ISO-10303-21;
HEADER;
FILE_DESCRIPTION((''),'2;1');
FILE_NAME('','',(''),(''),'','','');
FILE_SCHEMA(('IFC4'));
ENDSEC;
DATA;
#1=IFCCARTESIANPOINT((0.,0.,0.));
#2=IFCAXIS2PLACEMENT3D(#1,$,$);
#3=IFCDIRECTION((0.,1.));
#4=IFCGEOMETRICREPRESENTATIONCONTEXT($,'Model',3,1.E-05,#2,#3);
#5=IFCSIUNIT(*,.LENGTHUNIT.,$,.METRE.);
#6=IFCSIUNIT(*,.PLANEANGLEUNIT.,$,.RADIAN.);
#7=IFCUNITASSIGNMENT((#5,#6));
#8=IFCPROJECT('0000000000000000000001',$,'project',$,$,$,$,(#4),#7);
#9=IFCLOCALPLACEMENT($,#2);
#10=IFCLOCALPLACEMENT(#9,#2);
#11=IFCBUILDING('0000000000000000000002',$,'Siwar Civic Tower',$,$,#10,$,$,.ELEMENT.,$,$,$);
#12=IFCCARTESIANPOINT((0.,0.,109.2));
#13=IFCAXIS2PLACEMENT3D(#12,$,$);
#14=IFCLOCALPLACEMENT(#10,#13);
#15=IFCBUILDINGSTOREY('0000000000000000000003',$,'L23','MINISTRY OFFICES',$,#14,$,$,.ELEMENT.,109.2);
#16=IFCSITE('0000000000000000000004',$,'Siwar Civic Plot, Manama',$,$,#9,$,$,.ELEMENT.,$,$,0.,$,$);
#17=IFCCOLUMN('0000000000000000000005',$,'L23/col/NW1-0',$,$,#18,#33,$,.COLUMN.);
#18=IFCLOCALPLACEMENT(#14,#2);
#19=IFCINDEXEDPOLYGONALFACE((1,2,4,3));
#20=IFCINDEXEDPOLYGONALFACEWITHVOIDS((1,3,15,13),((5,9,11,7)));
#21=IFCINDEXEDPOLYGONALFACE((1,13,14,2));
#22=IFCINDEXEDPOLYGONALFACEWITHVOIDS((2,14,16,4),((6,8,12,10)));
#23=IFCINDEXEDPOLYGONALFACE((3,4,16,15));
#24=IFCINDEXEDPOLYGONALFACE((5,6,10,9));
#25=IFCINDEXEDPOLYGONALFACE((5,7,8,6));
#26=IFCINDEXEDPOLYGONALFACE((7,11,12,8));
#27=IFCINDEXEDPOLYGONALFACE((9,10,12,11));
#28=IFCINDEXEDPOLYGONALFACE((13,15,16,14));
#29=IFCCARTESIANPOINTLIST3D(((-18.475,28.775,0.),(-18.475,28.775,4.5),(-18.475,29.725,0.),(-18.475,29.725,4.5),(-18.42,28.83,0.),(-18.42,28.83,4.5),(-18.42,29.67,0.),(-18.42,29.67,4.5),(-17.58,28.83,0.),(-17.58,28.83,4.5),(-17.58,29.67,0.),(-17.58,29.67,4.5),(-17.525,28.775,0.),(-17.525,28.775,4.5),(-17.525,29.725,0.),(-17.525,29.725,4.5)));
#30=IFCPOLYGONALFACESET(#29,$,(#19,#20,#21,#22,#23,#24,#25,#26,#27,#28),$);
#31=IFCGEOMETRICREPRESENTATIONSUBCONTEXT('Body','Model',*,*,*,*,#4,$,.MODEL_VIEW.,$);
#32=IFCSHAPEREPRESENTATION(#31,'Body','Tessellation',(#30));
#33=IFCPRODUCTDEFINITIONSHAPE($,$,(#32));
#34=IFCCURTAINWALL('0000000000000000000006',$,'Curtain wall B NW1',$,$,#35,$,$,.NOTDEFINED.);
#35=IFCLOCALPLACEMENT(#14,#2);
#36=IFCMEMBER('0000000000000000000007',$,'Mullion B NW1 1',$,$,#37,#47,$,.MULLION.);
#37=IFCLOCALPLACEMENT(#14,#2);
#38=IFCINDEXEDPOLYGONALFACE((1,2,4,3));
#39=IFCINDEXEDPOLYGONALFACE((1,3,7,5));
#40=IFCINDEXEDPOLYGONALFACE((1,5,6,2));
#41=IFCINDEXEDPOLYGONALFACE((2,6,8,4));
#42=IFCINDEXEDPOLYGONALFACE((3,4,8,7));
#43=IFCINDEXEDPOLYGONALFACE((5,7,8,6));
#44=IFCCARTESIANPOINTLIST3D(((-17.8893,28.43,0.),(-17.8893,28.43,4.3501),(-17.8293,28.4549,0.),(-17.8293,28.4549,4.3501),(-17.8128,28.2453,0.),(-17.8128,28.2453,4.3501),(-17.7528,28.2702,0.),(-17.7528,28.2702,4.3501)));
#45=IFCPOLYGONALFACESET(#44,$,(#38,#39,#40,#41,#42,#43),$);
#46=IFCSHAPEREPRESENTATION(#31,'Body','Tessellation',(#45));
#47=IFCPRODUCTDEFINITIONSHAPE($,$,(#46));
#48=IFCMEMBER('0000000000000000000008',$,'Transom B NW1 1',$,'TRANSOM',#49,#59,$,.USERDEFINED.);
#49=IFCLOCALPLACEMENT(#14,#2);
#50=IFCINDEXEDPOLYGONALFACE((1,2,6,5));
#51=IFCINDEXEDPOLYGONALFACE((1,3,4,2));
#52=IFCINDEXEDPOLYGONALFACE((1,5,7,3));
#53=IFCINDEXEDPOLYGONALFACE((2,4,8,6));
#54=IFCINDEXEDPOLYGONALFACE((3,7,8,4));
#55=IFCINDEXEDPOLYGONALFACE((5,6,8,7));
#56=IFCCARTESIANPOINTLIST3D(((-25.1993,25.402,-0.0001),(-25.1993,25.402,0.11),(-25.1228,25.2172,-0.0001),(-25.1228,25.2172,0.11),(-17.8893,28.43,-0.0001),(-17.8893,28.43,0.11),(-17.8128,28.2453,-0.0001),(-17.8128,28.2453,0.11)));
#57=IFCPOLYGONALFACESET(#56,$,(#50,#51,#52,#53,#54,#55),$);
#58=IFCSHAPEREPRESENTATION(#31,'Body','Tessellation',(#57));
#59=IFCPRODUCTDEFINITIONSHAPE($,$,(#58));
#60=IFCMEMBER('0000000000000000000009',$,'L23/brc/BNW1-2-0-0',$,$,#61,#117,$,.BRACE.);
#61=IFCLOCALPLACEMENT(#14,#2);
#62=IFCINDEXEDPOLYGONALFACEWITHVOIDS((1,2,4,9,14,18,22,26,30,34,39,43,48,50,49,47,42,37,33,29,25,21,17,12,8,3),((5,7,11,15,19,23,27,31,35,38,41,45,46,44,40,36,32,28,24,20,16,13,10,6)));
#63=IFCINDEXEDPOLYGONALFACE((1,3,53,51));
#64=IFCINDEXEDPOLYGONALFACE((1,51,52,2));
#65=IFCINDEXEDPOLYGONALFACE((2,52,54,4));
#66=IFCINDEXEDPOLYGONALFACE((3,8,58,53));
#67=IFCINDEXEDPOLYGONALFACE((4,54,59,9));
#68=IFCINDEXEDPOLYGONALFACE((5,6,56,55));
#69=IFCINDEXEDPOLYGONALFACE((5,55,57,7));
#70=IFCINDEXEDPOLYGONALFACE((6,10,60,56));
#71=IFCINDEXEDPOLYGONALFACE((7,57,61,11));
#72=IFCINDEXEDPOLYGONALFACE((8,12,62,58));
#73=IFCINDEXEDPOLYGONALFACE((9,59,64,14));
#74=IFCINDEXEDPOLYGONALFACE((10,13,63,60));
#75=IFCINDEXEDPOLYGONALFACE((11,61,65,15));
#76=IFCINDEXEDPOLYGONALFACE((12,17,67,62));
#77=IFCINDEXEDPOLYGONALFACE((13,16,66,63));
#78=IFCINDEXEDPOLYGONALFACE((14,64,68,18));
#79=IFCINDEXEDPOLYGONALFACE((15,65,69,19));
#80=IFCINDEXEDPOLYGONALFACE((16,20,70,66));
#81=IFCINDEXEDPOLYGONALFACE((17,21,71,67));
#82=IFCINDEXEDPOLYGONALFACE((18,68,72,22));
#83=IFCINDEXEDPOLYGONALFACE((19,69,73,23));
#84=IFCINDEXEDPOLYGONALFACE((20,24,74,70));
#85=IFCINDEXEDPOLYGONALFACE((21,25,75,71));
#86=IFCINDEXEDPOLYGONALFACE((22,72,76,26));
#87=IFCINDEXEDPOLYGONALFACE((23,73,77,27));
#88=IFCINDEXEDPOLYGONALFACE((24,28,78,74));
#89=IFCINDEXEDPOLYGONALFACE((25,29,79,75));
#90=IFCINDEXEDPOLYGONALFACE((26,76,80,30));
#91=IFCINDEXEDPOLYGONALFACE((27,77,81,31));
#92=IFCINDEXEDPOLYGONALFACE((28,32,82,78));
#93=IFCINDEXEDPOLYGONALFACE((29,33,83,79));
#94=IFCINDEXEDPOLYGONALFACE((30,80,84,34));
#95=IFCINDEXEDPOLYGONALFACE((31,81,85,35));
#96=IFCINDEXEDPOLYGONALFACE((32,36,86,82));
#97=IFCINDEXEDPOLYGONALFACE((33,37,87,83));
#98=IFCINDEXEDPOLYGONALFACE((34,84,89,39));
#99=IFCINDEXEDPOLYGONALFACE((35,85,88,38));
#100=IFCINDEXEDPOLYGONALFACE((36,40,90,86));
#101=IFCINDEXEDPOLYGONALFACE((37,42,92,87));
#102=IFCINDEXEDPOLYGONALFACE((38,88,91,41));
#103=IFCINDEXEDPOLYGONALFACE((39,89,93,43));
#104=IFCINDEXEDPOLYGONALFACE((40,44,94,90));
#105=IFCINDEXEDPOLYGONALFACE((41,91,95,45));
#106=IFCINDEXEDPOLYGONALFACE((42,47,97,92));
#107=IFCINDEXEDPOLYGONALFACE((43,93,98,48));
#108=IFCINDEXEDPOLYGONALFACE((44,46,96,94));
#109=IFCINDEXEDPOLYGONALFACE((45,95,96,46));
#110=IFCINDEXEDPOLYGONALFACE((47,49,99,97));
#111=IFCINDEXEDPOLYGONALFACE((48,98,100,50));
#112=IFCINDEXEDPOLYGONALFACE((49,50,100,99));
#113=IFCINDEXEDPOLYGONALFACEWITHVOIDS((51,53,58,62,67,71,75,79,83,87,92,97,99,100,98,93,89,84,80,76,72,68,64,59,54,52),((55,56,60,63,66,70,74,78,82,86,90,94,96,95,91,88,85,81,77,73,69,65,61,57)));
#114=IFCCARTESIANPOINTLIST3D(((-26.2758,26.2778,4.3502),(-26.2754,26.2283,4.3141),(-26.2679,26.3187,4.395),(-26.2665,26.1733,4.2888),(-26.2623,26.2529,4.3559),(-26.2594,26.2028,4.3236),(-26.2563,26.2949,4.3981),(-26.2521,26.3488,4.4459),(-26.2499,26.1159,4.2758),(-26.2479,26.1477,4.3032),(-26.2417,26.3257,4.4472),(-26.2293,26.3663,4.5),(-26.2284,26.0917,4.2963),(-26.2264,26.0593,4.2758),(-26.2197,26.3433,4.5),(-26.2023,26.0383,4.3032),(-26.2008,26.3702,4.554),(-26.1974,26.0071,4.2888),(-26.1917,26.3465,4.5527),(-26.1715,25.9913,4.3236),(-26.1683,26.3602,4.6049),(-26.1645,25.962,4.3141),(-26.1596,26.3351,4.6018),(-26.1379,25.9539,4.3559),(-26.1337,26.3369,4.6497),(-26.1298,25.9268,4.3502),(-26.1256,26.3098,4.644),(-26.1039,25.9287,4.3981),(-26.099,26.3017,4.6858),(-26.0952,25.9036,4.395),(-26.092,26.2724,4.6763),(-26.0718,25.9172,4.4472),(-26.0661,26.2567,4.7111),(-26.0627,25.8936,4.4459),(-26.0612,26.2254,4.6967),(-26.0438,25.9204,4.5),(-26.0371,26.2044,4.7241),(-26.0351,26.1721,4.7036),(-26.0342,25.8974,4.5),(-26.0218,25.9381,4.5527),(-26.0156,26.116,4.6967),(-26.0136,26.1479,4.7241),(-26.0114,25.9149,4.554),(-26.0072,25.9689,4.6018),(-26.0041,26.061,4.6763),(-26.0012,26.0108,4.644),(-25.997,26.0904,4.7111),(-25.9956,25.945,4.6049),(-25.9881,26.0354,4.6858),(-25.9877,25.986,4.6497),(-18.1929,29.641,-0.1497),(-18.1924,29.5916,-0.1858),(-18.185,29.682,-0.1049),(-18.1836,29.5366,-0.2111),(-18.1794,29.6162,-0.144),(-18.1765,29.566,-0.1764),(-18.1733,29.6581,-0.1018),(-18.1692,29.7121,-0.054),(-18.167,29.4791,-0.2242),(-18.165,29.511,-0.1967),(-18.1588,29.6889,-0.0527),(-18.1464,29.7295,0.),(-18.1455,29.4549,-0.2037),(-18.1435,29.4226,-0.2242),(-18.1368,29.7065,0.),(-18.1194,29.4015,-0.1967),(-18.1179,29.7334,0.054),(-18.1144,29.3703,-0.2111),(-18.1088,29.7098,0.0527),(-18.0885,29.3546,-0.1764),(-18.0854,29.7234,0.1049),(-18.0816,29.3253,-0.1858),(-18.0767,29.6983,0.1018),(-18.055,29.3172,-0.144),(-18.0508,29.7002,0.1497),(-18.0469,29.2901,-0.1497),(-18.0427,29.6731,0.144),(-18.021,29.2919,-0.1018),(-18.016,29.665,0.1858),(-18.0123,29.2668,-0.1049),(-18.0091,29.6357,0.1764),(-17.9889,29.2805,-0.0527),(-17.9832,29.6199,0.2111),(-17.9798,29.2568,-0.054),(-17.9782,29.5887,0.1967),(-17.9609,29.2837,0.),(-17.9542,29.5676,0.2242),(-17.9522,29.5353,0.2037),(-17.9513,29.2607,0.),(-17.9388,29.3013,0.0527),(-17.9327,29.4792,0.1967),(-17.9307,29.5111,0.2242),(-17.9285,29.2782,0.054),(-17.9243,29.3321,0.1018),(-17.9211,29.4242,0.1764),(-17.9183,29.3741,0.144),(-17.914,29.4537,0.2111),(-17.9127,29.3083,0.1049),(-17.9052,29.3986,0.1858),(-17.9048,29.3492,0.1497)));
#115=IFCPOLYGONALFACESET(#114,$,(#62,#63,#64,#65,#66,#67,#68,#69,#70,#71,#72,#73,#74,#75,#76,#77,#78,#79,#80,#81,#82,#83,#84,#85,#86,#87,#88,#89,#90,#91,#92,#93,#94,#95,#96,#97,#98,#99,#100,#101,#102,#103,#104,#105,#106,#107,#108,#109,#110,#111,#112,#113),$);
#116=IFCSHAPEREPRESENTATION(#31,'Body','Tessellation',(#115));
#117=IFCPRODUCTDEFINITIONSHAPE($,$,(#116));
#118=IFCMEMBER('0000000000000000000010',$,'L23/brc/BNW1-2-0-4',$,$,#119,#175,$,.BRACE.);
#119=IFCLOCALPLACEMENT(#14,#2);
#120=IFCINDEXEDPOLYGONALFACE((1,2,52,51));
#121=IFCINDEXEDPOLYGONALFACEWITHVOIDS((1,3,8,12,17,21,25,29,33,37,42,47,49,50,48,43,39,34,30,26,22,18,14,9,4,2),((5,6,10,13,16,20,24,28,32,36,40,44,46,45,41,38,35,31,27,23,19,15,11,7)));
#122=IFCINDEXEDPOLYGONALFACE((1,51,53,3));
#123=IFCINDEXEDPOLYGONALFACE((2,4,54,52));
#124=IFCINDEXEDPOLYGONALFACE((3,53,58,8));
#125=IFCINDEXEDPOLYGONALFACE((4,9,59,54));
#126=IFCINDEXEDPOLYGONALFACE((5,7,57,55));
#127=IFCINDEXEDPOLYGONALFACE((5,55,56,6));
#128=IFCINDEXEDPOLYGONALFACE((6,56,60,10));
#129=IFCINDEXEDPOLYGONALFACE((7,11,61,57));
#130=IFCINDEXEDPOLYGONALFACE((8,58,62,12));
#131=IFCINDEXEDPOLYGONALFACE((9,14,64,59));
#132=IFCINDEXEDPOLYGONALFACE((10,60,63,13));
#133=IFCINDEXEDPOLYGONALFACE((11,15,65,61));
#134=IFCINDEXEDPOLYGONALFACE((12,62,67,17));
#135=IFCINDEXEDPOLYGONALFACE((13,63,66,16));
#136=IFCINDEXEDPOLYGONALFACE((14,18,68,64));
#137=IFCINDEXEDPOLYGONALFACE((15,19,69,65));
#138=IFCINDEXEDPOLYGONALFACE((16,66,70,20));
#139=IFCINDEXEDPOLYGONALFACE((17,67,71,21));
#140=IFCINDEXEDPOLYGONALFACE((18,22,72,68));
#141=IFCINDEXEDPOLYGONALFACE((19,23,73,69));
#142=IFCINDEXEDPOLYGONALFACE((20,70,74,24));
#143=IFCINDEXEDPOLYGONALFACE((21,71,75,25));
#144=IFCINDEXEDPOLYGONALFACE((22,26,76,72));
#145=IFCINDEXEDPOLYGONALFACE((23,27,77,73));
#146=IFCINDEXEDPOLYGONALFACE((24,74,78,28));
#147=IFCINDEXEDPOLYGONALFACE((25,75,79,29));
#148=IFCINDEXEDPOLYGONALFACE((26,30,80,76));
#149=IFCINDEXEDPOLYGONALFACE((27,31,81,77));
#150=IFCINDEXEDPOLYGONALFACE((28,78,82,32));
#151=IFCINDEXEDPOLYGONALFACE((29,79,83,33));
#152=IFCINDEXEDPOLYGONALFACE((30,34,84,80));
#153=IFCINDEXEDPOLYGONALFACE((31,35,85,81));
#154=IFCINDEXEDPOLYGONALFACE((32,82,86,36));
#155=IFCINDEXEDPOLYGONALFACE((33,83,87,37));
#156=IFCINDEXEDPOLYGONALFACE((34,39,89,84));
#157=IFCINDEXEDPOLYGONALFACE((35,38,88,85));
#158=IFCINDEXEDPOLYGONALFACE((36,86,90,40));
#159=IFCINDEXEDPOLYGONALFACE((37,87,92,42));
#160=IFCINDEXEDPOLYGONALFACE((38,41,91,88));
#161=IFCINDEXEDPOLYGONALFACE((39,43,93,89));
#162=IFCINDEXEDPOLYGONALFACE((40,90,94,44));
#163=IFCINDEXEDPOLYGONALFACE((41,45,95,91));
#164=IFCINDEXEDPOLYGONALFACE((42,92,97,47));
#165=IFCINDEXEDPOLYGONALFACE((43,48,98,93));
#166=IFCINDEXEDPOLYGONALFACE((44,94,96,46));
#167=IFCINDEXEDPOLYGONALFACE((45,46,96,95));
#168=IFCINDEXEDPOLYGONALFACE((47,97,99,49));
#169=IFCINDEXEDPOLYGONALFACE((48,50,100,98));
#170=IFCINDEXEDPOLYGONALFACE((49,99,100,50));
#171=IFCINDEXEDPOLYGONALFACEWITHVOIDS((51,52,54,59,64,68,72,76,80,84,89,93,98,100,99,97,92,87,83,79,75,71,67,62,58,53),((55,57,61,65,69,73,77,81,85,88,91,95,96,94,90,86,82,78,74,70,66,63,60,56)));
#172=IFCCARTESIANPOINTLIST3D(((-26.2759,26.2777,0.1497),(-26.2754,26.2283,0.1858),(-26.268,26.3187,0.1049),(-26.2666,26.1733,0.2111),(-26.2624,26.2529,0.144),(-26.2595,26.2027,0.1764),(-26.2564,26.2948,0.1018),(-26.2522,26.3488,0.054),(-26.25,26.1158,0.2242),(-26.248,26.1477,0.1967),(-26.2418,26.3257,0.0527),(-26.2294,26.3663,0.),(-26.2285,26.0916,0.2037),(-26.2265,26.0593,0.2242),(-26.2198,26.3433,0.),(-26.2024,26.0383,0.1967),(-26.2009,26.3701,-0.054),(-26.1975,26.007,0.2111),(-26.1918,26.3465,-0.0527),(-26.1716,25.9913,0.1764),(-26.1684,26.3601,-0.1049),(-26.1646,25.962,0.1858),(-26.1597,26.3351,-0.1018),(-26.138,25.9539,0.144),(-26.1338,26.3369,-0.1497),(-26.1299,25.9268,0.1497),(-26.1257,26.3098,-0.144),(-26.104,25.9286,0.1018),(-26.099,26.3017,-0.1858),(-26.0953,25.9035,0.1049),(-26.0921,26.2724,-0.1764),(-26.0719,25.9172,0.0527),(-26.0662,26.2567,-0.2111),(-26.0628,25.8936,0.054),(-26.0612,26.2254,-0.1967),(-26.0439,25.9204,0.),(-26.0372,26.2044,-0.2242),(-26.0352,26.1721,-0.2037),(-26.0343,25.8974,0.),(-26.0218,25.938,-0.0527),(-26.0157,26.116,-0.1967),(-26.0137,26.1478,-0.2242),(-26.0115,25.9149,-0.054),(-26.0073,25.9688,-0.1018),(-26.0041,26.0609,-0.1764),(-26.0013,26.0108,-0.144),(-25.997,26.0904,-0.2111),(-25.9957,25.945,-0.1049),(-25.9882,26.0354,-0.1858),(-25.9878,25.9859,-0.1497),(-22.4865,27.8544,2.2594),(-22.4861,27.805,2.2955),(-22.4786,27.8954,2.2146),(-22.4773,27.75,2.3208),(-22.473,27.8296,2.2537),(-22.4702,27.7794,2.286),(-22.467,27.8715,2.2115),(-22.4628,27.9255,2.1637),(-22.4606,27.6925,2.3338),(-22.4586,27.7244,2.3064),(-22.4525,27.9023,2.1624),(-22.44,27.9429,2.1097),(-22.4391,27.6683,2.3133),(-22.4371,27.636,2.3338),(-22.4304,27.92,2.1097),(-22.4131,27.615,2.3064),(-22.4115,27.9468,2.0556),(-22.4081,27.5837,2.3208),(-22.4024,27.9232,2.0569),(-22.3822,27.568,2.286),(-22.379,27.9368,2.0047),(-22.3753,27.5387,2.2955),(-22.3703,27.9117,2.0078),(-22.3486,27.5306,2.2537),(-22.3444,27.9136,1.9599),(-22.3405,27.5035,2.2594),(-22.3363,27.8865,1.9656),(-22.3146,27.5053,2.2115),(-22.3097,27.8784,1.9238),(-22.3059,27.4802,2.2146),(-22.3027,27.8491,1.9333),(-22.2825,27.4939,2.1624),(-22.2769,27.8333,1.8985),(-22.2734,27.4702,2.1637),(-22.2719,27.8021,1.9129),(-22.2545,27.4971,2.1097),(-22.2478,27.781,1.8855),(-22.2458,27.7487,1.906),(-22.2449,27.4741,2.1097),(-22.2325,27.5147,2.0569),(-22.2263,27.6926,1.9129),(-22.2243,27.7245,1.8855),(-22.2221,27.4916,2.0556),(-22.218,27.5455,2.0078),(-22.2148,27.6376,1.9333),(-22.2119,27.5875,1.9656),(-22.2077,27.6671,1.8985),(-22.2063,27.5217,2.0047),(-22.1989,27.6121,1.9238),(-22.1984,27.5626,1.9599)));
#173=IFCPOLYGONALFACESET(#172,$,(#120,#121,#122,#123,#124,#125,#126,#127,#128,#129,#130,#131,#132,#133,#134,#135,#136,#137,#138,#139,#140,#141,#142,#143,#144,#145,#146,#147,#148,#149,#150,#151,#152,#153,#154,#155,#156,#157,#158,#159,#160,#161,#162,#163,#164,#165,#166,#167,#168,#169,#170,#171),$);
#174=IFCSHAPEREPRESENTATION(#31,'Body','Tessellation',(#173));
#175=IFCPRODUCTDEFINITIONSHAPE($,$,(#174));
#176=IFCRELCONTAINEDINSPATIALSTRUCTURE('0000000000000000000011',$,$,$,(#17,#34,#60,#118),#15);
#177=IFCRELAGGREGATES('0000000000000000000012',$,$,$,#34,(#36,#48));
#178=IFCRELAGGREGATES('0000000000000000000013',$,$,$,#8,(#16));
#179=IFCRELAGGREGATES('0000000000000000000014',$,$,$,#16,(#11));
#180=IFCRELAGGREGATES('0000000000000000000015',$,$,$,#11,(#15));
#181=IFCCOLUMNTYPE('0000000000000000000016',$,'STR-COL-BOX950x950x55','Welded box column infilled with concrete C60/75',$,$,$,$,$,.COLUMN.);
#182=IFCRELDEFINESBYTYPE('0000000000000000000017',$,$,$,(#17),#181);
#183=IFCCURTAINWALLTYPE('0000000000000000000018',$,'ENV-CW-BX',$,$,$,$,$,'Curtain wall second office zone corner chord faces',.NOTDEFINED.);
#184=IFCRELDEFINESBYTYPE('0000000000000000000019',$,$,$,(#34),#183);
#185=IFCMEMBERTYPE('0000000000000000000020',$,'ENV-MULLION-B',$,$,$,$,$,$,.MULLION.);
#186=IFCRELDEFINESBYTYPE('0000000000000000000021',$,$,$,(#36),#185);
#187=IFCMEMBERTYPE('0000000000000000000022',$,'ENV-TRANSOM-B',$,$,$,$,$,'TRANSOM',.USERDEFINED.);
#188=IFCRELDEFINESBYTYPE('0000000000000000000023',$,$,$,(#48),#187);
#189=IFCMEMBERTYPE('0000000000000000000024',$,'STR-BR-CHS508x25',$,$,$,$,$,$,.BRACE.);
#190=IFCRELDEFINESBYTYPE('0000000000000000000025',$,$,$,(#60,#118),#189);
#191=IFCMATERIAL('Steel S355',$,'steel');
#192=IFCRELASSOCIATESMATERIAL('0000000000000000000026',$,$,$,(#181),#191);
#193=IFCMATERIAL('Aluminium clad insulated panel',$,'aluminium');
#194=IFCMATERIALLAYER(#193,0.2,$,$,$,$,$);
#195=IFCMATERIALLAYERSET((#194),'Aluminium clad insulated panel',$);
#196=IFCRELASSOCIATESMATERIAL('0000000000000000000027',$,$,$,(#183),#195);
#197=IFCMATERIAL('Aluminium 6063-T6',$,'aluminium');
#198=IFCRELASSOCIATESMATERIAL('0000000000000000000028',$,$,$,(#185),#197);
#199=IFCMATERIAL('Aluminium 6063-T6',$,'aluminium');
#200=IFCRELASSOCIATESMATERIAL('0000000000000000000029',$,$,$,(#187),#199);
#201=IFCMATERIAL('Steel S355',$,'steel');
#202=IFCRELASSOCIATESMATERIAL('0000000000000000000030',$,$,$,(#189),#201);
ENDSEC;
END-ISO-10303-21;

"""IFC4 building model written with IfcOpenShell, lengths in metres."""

from ifc_helpers import new_model, si_unit, direction, frame, origin, origin_2d, place, context, subcontext, project, spatial, rectangle, hollow_rectangle, hollow_circle, extrude, material, layer, layer_set, material_profile, profile_set, type_object, element, aggregate, save


model = new_model("IFC4")

# Units and contexts
model_context = context("Model", 3, precision=1e-05, world=origin(), true_north=direction((0.0, 1.0)))
body_context = subcontext(model_context, "Body", "Model", "MODEL_VIEW")
ifc_project = project(units=[si_unit("LENGTHUNIT", "METRE"), si_unit("PLANEANGLEUNIT", "RADIAN")], contexts=[model_context])

# Site, building, storey
site_placement = place(None, origin())
site = spatial("IfcSite", under=ifc_project, at=site_placement, Name="Siwar Civic Plot, Manama", CompositionType="ELEMENT", RefElevation=0.0)
building_placement = place(site_placement, origin())
building = spatial("IfcBuilding", under=site, at=building_placement, Name="Siwar Civic Tower", CompositionType="ELEMENT")
storey_placement = place(building_placement, frame((0.0, 0.0, 109.2)))
storey = spatial("IfcBuildingStorey", under=building, at=storey_placement, Name="L23", Description="MINISTRY OFFICES", CompositionType="ELEMENT", Elevation=109.2)

# Column
ifc_material_1 = material(Name="Steel S355", Category="steel")
ifc_material_profile_1 = material_profile(ifc_material_1, hollow_rectangle(XDim=0.95, YDim=0.95, WallThickness=0.0549, at=origin_2d()), Name="BOX950x950x55")
ifc_profile_set_1 = profile_set([ifc_material_profile_1], Name="Steel S355")
column_type = type_object("IfcColumnType", Name="STR-COL-BOX950x950x55", Description="Welded box column infilled with concrete C60/75", PredefinedType="COLUMN", material=ifc_profile_set_1)
column_placement = place(storey_placement, frame((-18.0, 29.25, 0.0), z_axis=(0.0, 0.0, 1.0), x_axis=(1.0, 0.0, 0.0)))
element("IfcColumn", 1, at=column_placement, inside=storey, type_object=column_type, Name="L23/col/NW1-0", PredefinedType="COLUMN", context=body_context, shape_type="SweptSolid", body=[
    extrude(hollow_rectangle(XDim=0.95, YDim=0.95, WallThickness=0.0549, at=origin_2d()), origin(), (0.0, 0.0, 1.0), 4.5),
])

# Curtain wall, members
ifc_material_2 = material(Name="Aluminium clad insulated panel", Category="aluminium")
ifc_layer_1 = layer(ifc_material_2, 0.2)
ifc_layer_set_1 = layer_set([ifc_layer_1], Name="Aluminium clad insulated panel")
curtain_wall_type = type_object("IfcCurtainWallType", Name="ENV-CW-BX", ElementType="Curtain wall second office zone corner chord faces", PredefinedType="NOTDEFINED", material=ifc_layer_set_1)
curtain_wall_placement = place(storey_placement, origin())
curtain_wall = element("IfcCurtainWall", 2, at=curtain_wall_placement, inside=storey, type_object=curtain_wall_type, Name="Curtain wall B NW1", PredefinedType="NOTDEFINED")
ifc_material_3 = material(Name="Aluminium 6063-T6", Category="aluminium")
ifc_material_profile_2 = material_profile(ifc_material_3, rectangle(XDim=0.2, YDim=0.0649, at=origin_2d()), Name="AL 200x65")
ifc_profile_set_2 = profile_set([ifc_material_profile_2], Name="Aluminium 6063-T6")
member_type_1 = type_object("IfcMemberType", Name="ENV-MULLION-B", PredefinedType="MULLION", material=ifc_profile_set_2)
member_1_placement = place(storey_placement, frame((-17.821, 28.3501, 0.0), z_axis=(0.0, 0.0, 1.0), x_axis=(0.382683, -0.92388, 0.0)))
member_1 = element("IfcMember", 3, at=member_1_placement, type_object=member_type_1, Name="Mullion B NW1 1", PredefinedType="MULLION", context=body_context, shape_type="SweptSolid", body=[
    extrude(rectangle(XDim=0.2, YDim=0.0649, at=origin_2d()), origin(), (0.0, 0.0, 1.0), 4.3501),
])
ifc_material_4 = material(Name="Aluminium 6063-T6", Category="aluminium")
ifc_material_profile_3 = material_profile(ifc_material_4, rectangle(XDim=0.2, YDim=0.1101, at=origin_2d()), Name="AL 200x110")
ifc_profile_set_3 = profile_set([ifc_material_profile_3], Name="Aluminium 6063-T6")
member_type_2 = type_object("IfcMemberType", Name="ENV-TRANSOM-B", ElementType="TRANSOM", PredefinedType="USERDEFINED", material=ifc_profile_set_3)
member_2_placement = place(storey_placement, frame((-17.8511, 28.3376, 0.0549), z_axis=(-0.923873, -0.3827, 0.0), x_axis=(0.3827, -0.923873, 0.0)))
member_2 = element("IfcMember", 4, at=member_2_placement, type_object=member_type_2, Name="Transom B NW1 1", ObjectType="TRANSOM", PredefinedType="USERDEFINED", context=body_context, shape_type="SweptSolid", body=[
    extrude(rectangle(XDim=0.2, YDim=0.1101, at=origin_2d()), origin(), (0.0, 0.0, 1.0), 7.9124),
])

# Members
ifc_material_5 = material(Name="Steel S355", Category="steel")
ifc_material_profile_4 = material_profile(ifc_material_5, hollow_circle(Radius=0.2539, WallThickness=0.0249, at=origin_2d()), Name="CHS508x25")
ifc_profile_set_4 = profile_set([ifc_material_profile_4], Name="Steel S355")
member_type_3 = type_object("IfcMemberType", Name="STR-BR-CHS508x25", PredefinedType="BRACE", material=ifc_profile_set_4)
member_3_placement = place(storey_placement, frame((-18.0488, 29.4951, 0.0), z_axis=(-0.821143, -0.341671, 0.457149), x_axis=(0.384164, -0.923265, 0.0)))
element("IfcMember", 5, at=member_3_placement, inside=storey, type_object=member_type_3, Name="L23/brc/BNW1-2-0-0", PredefinedType="BRACE", context=body_context, shape_type="SweptSolid", body=[
    extrude(hollow_circle(Radius=0.2539, WallThickness=0.0249, at=origin_2d()), origin(), (0.0, 0.0, 1.0), 9.8435),
])
member_4_placement = place(storey_placement, frame((-26.1318, 26.1318, 0.0), z_axis=(0.821143, 0.341662, 0.457155), x_axis=(-0.384155, 0.923269, 0.0)))
element("IfcMember", 6, at=member_4_placement, inside=storey, type_object=member_type_3, Name="L23/brc/BNW1-2-0-4", PredefinedType="BRACE", context=body_context, shape_type="SweptSolid", body=[
    extrude(hollow_circle(Radius=0.2539, WallThickness=0.0249, at=origin_2d()), origin(), (0.0, 0.0, 1.0), 4.6147),
])

aggregate(curtain_wall, [member_1, member_2])

save(model, "model.ifc")
